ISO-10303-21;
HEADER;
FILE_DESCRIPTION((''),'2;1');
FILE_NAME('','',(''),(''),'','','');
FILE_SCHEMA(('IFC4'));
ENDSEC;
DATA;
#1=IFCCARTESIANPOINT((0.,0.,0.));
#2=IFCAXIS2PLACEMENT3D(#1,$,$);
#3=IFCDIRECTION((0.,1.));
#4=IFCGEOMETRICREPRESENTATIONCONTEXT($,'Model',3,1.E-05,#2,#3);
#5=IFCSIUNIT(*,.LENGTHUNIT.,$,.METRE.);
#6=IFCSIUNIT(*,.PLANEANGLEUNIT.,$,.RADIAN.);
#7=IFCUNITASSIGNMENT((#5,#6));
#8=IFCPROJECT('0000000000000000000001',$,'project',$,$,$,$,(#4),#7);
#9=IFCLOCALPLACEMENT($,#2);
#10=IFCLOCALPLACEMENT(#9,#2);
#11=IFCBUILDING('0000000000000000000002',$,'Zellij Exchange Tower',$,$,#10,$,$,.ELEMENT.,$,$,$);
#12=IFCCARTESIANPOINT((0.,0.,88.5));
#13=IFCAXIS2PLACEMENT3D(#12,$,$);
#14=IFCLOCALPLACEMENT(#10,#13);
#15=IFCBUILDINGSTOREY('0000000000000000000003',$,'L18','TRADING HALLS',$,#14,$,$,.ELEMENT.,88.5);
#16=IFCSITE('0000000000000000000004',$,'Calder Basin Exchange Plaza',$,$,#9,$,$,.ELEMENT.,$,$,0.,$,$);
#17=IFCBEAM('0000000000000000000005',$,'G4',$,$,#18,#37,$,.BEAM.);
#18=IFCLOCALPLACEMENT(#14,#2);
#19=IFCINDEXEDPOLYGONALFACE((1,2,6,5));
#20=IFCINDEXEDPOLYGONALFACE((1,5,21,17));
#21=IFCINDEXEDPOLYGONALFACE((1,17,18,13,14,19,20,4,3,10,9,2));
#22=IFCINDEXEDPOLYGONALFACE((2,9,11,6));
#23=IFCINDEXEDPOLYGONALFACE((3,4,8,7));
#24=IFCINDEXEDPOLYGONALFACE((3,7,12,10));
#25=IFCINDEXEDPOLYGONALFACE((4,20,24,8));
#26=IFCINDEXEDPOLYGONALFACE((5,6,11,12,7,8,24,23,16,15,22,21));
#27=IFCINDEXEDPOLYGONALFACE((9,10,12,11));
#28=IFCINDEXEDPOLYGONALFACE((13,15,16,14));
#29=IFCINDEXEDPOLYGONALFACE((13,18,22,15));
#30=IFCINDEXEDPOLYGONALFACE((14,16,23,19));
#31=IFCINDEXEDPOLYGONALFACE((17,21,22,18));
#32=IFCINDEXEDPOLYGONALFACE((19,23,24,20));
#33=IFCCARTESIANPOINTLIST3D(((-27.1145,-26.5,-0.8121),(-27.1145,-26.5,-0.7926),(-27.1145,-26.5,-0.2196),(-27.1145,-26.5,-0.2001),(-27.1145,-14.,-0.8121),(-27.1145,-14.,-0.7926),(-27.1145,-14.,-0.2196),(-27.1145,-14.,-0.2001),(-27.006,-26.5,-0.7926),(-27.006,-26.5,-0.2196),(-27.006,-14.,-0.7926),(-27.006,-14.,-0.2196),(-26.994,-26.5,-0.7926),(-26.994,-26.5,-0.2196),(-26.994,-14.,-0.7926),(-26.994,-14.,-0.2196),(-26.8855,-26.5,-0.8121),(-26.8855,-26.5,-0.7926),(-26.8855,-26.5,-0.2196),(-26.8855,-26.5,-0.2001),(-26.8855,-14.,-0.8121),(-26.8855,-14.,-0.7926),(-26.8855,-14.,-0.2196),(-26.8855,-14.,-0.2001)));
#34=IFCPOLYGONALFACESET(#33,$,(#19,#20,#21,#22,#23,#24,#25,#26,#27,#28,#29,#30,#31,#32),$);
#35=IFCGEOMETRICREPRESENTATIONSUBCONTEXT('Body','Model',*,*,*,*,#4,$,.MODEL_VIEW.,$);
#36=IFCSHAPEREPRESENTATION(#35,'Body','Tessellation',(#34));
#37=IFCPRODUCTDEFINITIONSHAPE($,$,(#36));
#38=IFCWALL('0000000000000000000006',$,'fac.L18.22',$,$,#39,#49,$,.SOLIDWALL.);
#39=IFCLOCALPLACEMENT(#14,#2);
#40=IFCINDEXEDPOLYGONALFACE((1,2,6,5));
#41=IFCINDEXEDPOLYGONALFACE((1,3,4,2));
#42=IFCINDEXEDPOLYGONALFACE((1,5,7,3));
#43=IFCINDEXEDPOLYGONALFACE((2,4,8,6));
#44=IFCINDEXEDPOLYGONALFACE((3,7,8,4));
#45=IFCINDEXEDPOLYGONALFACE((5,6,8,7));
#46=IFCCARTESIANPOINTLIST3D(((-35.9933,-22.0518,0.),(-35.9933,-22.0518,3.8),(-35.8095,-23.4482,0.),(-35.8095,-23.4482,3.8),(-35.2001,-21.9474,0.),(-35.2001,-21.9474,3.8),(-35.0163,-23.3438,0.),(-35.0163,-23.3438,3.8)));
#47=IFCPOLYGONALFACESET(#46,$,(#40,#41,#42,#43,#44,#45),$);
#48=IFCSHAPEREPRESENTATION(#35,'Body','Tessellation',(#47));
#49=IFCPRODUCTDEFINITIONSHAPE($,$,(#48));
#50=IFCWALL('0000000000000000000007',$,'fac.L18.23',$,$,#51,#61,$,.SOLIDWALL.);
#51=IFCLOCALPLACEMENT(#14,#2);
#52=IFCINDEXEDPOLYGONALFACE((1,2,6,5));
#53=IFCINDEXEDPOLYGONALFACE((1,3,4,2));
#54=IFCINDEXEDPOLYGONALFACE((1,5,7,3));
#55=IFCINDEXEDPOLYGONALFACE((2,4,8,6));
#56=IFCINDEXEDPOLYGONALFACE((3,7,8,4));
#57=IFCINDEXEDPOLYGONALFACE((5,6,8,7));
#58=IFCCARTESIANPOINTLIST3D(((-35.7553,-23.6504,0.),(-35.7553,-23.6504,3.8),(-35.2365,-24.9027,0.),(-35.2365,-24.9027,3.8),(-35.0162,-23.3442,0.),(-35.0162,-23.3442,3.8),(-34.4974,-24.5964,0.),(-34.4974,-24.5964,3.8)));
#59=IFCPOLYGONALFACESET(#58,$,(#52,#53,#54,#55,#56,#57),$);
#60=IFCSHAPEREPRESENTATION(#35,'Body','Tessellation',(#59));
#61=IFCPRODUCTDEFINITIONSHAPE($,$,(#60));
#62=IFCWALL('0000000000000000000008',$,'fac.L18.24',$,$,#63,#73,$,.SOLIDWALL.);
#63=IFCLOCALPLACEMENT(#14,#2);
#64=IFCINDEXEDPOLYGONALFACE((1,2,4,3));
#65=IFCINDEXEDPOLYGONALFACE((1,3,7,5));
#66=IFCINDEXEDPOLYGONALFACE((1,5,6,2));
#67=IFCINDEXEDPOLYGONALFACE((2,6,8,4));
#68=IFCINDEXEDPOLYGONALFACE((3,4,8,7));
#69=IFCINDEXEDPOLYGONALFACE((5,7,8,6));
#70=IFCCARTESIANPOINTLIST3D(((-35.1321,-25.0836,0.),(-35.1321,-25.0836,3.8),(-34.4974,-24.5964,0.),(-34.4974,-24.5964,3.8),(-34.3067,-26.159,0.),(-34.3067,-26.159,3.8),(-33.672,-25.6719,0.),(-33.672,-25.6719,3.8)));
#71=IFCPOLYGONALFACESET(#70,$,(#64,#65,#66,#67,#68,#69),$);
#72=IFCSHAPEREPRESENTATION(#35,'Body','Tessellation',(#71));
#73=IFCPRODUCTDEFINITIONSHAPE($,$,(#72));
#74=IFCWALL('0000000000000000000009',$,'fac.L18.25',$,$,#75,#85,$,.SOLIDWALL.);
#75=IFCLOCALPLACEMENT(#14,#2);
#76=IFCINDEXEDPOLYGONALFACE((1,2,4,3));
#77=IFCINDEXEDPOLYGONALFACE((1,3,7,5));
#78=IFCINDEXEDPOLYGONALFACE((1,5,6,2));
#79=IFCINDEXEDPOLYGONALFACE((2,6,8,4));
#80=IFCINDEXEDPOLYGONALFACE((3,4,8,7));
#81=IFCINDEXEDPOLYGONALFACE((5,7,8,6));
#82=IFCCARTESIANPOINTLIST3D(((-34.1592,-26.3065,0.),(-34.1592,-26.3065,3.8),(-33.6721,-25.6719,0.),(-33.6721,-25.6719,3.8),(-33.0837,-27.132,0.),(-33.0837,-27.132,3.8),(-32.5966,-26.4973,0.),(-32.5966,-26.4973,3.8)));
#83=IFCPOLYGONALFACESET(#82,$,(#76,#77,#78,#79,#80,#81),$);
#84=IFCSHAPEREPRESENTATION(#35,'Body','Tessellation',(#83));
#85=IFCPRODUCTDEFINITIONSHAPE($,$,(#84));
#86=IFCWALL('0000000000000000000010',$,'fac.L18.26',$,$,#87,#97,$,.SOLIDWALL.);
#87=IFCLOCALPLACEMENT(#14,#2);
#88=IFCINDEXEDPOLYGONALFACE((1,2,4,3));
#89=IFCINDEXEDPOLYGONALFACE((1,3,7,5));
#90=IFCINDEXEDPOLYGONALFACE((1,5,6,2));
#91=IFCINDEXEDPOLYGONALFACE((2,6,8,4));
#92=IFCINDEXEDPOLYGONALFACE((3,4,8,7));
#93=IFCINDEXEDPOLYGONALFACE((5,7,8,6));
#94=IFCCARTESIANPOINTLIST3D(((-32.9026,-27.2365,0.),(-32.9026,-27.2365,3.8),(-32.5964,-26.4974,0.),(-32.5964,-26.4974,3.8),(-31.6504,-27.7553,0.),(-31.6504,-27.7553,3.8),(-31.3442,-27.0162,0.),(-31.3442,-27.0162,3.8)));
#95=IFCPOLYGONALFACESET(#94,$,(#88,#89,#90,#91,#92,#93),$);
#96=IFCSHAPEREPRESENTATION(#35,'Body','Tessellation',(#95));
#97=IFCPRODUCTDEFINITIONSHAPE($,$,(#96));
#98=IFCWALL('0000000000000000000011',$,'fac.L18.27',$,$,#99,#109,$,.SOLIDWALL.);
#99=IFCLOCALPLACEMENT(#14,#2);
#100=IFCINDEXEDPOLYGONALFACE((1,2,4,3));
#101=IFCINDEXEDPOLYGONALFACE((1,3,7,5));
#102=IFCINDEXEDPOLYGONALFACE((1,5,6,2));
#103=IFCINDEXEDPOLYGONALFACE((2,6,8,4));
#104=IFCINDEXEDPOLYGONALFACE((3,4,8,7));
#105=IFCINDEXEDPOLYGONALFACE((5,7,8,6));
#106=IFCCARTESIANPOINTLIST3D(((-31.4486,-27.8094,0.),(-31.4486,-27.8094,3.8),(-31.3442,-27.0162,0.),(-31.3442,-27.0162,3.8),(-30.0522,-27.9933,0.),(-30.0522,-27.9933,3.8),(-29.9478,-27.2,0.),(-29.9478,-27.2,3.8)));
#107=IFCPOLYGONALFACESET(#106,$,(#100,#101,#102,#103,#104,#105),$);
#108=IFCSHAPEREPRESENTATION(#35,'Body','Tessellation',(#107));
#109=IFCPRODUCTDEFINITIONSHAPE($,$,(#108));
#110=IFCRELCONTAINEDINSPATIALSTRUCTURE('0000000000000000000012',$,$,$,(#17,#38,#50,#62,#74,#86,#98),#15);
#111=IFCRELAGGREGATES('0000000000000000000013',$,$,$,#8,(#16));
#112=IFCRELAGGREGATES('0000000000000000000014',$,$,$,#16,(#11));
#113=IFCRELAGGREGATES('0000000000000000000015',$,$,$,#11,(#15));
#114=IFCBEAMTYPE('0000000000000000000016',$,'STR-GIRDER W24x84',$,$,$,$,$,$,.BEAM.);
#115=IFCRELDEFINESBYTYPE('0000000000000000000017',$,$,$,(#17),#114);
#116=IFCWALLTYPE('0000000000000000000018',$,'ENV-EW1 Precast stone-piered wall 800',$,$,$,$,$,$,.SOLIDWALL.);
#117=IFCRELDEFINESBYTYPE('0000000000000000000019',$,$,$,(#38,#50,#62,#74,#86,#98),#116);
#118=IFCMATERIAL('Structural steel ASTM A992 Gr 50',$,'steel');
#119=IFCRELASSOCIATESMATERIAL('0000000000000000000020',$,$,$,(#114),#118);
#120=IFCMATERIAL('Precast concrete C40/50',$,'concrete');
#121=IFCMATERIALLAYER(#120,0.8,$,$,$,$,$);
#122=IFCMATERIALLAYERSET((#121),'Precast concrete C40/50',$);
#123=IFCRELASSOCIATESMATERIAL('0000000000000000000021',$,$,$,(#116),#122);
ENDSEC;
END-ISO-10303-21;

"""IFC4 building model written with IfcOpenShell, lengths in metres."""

from ifc_helpers import new_model, si_unit, direction, frame, frame_2d, origin, origin_2d, place, context, subcontext, project, spatial, rectangle, i_section, extrude, material, layer, layer_set, material_profile, profile_set, type_object, element, save


model = new_model("IFC4")

# Units and contexts
model_context = context("Model", 3, precision=1e-05, world=origin(), true_north=direction((0.0, 1.0)))
body_context = subcontext(model_context, "Body", "Model", "MODEL_VIEW")
ifc_project = project(units=[si_unit("LENGTHUNIT", "METRE"), si_unit("PLANEANGLEUNIT", "RADIAN")], contexts=[model_context])

# Site, building, storey
site_placement = place(None, origin())
site = spatial("IfcSite", under=ifc_project, at=site_placement, Name="Calder Basin Exchange Plaza", CompositionType="ELEMENT", RefElevation=0.0)
building_placement = place(site_placement, origin())
building = spatial("IfcBuilding", under=site, at=building_placement, Name="Zellij Exchange Tower", CompositionType="ELEMENT")
storey_placement = place(building_placement, frame((0.0, 0.0, 88.5)))
storey = spatial("IfcBuildingStorey", under=building, at=storey_placement, Name="L18", Description="TRADING HALLS", CompositionType="ELEMENT", Elevation=88.5)

# Beam
ifc_material_1 = material(Name="Structural steel ASTM A992 Gr 50", Category="steel")
ifc_material_profile_1 = material_profile(ifc_material_1, i_section(OverallWidth=0.229, OverallDepth=0.6121, WebThickness=0.012, FlangeThickness=0.0195, at=origin_2d()), Name="W24x84")
ifc_profile_set_1 = profile_set([ifc_material_profile_1], Name="Structural steel ASTM A992 Gr 50")
beam_type_1 = type_object("IfcBeamType", Name="STR-GIRDER W24x84", PredefinedType="BEAM", material=ifc_profile_set_1)
beam_1_placement = place(storey_placement, frame((-27.0, -26.5, -0.5061), z_axis=(0.0, 1.0, 0.0), x_axis=(-1.0, 0.0, 0.0)))
element("IfcBeam", 1, at=beam_1_placement, inside=storey, type_object=beam_type_1, Name="G4", PredefinedType="BEAM", context=body_context, shape_type="SweptSolid", body=[
    extrude(i_section(OverallWidth=0.229, OverallDepth=0.6121, WebThickness=0.012, FlangeThickness=0.0195, at=origin_2d()), origin(), (0.0, 0.0, 1.0), 12.5),
])

# Walls
ifc_material_2 = material(Name="Precast concrete C40/50", Category="concrete")
ifc_layer = layer(ifc_material_2, 0.8)
ifc_layer_set = layer_set([ifc_layer], Name="Precast concrete C40/50")
wall_type = type_object("IfcWallType", Name="ENV-EW1 Precast stone-piered wall 800", PredefinedType="SOLIDWALL", material=ifc_layer_set)
wall_1_placement = place(storey_placement, frame((-35.5967, -21.9998, 0.0), z_axis=(0.0, 0.0, 1.0), x_axis=(0.130517, -0.991446, 0.0)))
element("IfcWall", 2, at=wall_1_placement, inside=storey, type_object=wall_type, Name="fac.L18.22", PredefinedType="SOLIDWALL", context=body_context, shape_type="SweptSolid", body=[
    extrude(rectangle(XDim=1.4084, YDim=0.8, at=frame_2d((0.7041, 0.0))), origin(), (0.0, 0.0, 1.0), 3.8),
])
wall_2_placement = place(storey_placement, frame((-35.3857, -23.4973, 0.0), z_axis=(0.0, 0.0, 1.0), x_axis=(0.38276, -0.923848, 0.0)))
element("IfcWall", 3, at=wall_2_placement, inside=storey, type_object=wall_type, Name="fac.L18.23", PredefinedType="SOLIDWALL", context=body_context, shape_type="SweptSolid", body=[
    extrude(rectangle(XDim=1.3555, YDim=0.8, at=frame_2d((0.6777, 0.0))), origin(), (0.0, 0.0, 1.0), 3.8),
])
for number, where, z_axis, x_axis, name in (
    (4, (-34.8147, -24.8401, 0.0), (0.0, 0.0, 1.0), (0.608866, -0.793273, 0.0), "fac.L18.24"),
    (5, (-33.9155, -25.9893, 0.0), (0.0, 0.0, 1.0), (0.793273, -0.608866, 0.0), "fac.L18.25"),
):
    element("IfcWall", number, at=place(storey_placement, frame(where, z_axis=z_axis, x_axis=x_axis)), inside=storey, type_object=wall_type, Name=name, PredefinedType="SOLIDWALL", context=body_context, shape_type="SweptSolid", body=[
        extrude(rectangle(XDim=1.3557, YDim=0.8, at=frame_2d((0.6777, 0.0))), origin(), (0.0, 0.0, 1.0), 3.8),
    ])
wall_3_placement = place(storey_placement, frame((-32.7495, -26.8669, 0.0), z_axis=(0.0, 0.0, 1.0), x_axis=(0.923848, -0.38276, 0.0)))
element("IfcWall", 6, at=wall_3_placement, inside=storey, type_object=wall_type, Name="fac.L18.26", PredefinedType="SOLIDWALL", context=body_context, shape_type="SweptSolid", body=[
    extrude(rectangle(XDim=1.3555, YDim=0.8, at=frame_2d((0.6777, 0.0))), origin(), (0.0, 0.0, 1.0), 3.8),
])
wall_4_placement = place(storey_placement, frame((-31.3962, -27.4128, 0.0), z_axis=(0.0, 0.0, 1.0), x_axis=(0.991446, -0.130517, 0.0)))
element("IfcWall", 7, at=wall_4_placement, inside=storey, type_object=wall_type, Name="fac.L18.27", PredefinedType="SOLIDWALL", context=body_context, shape_type="SweptSolid", body=[
    extrude(rectangle(XDim=1.4084, YDim=0.8, at=frame_2d((0.7041, 0.0))), origin(), (0.0, 0.0, 1.0), 3.8),
])

save(model, "model.ifc")
